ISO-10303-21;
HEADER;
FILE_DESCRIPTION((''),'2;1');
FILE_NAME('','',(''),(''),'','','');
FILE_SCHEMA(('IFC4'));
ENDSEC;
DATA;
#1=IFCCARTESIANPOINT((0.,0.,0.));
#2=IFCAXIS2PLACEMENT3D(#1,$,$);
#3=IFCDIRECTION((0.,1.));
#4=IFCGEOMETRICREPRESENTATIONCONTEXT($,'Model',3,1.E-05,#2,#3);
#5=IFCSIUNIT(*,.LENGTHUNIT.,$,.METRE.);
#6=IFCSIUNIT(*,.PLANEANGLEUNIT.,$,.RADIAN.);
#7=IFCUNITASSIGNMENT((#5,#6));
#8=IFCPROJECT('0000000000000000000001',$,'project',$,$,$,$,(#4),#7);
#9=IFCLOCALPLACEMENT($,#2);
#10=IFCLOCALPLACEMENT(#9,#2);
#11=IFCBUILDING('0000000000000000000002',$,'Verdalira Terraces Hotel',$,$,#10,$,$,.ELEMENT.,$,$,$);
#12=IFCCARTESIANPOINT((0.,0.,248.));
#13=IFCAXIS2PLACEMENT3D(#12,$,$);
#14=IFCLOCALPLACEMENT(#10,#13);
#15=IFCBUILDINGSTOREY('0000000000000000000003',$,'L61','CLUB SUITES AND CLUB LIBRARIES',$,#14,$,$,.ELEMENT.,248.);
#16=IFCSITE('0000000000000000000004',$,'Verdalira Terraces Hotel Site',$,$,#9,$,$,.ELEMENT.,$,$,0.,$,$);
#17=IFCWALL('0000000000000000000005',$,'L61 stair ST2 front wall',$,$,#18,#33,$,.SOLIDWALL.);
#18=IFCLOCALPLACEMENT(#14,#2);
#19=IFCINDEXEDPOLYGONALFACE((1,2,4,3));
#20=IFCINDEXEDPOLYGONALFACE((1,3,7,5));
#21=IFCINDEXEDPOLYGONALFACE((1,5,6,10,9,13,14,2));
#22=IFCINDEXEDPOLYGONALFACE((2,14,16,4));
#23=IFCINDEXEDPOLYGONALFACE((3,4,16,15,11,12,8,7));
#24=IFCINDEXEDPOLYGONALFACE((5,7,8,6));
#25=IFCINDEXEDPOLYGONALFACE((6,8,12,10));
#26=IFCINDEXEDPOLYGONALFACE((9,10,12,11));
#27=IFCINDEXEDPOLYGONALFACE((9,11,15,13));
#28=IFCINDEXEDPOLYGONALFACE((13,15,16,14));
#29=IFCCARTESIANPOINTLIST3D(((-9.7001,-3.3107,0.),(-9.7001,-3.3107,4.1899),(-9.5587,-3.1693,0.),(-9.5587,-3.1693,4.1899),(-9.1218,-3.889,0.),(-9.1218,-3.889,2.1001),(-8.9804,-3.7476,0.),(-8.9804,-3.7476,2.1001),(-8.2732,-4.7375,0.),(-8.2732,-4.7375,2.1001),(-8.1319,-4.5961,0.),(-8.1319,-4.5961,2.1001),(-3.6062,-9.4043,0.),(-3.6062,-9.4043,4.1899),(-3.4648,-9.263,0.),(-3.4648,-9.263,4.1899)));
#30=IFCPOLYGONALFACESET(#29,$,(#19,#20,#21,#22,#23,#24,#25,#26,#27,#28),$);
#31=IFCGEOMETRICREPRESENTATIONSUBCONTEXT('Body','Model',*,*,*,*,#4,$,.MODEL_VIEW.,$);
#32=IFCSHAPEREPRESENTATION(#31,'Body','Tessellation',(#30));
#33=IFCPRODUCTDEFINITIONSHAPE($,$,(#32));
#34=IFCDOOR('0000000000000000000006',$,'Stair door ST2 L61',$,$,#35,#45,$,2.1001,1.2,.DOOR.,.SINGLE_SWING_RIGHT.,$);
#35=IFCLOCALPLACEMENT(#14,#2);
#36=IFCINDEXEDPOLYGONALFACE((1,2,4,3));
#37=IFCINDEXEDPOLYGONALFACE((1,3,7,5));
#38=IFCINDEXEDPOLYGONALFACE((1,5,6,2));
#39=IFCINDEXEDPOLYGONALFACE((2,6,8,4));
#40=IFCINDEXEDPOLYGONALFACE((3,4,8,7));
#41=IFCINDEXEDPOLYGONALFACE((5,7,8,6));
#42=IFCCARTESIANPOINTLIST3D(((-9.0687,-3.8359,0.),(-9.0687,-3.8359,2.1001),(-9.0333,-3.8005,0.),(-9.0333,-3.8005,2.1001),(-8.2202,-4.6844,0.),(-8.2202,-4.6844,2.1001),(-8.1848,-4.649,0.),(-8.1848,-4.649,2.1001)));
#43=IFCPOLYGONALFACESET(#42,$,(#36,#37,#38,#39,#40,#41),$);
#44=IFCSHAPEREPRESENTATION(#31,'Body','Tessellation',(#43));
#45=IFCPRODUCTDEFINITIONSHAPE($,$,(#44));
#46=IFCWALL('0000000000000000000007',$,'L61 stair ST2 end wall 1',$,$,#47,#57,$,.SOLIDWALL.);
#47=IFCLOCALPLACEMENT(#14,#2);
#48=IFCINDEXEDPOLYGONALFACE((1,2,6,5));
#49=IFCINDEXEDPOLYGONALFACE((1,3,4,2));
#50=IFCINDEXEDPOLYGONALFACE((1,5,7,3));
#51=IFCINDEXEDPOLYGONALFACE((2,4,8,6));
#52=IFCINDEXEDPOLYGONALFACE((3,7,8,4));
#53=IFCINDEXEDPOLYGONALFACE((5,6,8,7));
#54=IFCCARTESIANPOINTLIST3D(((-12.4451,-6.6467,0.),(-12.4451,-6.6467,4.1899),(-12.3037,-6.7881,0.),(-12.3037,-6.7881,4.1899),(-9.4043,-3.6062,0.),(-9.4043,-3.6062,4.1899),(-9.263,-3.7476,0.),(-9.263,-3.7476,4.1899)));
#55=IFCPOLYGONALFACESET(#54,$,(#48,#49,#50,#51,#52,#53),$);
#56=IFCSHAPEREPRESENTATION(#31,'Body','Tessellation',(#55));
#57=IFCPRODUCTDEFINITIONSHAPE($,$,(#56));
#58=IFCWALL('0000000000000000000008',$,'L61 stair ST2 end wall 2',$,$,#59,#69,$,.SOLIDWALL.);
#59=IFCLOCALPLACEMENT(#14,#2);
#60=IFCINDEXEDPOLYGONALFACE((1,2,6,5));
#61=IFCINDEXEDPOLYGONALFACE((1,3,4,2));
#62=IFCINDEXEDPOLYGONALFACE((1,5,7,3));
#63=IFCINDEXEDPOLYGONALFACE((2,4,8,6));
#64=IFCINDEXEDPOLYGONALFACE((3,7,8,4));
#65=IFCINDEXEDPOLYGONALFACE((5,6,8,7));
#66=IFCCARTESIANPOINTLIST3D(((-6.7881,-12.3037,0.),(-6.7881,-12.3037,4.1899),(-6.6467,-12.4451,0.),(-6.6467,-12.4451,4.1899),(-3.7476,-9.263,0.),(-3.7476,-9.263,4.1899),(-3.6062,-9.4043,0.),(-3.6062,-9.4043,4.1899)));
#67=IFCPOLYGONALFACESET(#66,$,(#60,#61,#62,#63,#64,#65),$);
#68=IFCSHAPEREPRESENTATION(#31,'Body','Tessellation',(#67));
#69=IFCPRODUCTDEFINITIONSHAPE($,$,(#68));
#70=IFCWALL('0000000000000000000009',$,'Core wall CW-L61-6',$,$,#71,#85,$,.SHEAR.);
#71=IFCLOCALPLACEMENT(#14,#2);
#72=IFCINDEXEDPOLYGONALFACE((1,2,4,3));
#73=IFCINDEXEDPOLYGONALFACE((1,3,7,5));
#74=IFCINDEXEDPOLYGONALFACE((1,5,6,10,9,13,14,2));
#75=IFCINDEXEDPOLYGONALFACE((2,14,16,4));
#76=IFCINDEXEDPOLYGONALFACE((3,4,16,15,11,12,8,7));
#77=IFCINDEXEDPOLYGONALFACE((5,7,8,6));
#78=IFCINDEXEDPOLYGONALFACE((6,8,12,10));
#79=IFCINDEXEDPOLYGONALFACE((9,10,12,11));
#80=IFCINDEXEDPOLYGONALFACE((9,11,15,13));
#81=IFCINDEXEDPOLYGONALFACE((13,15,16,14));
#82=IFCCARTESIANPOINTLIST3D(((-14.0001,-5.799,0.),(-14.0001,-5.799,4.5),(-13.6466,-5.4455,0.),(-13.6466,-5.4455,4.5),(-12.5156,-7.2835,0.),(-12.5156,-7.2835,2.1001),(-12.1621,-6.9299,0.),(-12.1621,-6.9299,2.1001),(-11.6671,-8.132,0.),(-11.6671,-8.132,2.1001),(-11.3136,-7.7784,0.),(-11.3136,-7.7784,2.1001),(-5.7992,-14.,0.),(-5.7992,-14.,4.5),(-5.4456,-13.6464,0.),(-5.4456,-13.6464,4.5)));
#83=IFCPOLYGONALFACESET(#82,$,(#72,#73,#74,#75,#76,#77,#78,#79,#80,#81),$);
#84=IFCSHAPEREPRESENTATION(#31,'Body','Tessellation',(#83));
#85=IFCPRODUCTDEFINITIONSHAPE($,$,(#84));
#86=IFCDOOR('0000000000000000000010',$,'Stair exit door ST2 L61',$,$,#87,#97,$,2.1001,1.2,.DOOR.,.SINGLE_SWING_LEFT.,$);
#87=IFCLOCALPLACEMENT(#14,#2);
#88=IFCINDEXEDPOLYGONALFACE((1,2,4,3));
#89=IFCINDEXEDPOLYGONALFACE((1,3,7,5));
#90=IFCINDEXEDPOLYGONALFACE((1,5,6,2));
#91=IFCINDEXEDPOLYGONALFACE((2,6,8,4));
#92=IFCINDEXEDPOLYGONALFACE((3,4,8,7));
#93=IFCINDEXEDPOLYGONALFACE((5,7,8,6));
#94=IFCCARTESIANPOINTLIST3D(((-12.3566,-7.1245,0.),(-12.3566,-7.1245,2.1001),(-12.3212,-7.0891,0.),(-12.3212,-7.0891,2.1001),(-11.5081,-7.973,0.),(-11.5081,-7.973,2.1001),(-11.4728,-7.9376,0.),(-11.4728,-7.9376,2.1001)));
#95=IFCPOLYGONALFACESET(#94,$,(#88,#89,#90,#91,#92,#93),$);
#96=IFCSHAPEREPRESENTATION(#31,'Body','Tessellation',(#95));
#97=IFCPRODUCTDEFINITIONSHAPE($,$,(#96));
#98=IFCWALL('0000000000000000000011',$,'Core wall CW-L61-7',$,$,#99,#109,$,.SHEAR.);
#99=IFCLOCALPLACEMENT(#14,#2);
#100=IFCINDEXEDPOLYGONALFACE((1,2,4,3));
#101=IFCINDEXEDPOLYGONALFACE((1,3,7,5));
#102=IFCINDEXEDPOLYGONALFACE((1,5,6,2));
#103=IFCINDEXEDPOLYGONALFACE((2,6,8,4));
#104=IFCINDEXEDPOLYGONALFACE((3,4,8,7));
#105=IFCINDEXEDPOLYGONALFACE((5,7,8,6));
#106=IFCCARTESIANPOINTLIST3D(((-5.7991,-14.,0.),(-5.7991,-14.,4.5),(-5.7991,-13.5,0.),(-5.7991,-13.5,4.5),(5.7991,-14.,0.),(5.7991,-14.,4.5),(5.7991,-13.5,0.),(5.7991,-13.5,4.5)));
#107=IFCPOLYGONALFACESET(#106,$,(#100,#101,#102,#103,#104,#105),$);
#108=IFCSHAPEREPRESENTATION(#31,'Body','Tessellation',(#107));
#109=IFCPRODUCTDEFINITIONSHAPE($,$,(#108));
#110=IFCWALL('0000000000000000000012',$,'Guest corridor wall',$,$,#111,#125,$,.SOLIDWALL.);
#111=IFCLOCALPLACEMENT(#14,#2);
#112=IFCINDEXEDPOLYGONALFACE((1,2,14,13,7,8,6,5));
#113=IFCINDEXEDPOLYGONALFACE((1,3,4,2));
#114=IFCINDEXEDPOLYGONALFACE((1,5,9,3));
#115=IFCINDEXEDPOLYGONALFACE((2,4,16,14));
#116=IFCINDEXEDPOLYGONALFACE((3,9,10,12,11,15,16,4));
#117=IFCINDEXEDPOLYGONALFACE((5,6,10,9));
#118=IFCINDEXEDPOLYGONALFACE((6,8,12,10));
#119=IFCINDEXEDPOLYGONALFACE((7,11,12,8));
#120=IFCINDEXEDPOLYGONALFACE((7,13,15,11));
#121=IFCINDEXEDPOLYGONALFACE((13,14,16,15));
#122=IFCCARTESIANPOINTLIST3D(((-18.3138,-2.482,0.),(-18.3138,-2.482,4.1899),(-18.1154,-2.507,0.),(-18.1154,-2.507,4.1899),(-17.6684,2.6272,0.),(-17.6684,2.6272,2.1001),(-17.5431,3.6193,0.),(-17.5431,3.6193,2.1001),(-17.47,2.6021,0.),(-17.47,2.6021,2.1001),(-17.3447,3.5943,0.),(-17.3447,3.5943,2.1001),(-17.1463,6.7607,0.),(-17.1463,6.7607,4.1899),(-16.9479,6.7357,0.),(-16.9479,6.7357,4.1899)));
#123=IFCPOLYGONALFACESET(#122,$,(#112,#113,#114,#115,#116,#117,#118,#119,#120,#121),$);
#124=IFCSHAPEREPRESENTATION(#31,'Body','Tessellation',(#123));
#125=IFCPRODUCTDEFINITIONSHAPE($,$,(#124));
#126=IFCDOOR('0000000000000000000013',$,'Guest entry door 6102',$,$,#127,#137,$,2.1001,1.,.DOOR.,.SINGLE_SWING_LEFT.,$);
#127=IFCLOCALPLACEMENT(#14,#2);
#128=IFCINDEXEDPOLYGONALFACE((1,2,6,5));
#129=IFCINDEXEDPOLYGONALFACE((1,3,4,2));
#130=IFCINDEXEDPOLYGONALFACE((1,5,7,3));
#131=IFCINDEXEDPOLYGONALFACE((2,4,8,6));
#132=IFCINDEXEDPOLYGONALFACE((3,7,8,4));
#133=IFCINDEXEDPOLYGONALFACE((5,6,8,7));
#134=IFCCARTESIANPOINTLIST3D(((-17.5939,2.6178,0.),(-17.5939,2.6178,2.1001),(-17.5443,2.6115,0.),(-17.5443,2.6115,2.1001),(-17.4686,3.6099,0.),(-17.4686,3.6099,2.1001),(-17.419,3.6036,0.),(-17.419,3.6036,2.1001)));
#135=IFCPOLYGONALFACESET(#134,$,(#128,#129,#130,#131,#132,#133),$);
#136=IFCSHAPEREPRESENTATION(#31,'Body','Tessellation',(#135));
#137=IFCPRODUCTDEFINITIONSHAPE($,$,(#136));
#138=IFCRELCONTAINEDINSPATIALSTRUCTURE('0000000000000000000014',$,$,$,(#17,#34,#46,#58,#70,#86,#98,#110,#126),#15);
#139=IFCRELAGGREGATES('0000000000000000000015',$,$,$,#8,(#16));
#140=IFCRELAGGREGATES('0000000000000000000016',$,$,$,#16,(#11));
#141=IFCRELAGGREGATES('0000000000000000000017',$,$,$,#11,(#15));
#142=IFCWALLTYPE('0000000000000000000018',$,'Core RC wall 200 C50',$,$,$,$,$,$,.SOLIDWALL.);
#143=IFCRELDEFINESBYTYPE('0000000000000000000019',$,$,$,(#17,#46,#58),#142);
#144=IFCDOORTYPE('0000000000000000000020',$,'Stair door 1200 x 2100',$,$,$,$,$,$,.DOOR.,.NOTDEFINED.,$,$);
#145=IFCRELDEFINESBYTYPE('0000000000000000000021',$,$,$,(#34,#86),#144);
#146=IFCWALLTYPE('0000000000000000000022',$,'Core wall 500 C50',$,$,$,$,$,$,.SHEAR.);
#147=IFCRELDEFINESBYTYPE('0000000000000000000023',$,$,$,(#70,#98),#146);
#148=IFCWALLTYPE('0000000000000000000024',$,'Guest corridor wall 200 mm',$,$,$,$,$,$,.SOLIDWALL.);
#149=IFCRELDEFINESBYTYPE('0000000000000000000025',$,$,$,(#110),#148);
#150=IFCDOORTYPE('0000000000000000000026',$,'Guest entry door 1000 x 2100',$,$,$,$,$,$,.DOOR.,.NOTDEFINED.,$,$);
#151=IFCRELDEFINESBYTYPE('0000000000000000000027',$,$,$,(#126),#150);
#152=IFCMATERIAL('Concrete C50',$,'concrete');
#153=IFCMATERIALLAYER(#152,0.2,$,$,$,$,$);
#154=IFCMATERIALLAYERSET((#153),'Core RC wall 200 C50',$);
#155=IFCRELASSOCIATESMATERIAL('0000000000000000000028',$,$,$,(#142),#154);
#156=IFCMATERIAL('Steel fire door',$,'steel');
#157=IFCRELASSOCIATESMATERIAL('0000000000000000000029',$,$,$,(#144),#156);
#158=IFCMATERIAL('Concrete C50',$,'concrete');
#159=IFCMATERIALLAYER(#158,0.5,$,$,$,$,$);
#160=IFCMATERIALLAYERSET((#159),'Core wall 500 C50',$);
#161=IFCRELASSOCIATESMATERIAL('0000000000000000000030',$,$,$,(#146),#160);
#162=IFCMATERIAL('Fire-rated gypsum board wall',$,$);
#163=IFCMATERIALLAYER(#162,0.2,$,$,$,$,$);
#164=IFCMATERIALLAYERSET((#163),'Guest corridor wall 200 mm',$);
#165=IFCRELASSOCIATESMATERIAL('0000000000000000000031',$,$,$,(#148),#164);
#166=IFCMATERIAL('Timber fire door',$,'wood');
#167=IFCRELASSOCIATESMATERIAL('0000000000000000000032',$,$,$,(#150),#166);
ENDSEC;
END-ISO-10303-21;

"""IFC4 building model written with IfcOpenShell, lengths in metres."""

from ifc_helpers import new_model, si_unit, direction, frame, frame_2d, origin, place, context, subcontext, project, spatial, rectangle, extrude, material, layer, layer_set, type_object, element, fill, save


model = new_model("IFC4")

# Units and contexts
model_context = context("Model", 3, precision=1e-05, world=origin(), true_north=direction((0.0, 1.0)))
body_context = subcontext(model_context, "Body", "Model", "MODEL_VIEW")
ifc_project = project(units=[si_unit("LENGTHUNIT", "METRE"), si_unit("PLANEANGLEUNIT", "RADIAN")], contexts=[model_context])

# Site, building, storey
site_placement = place(None, origin())
site = spatial("IfcSite", under=ifc_project, at=site_placement, Name="Verdalira Terraces Hotel Site", CompositionType="ELEMENT", RefElevation=0.0)
building_placement = place(site_placement, origin())
building = spatial("IfcBuilding", under=site, at=building_placement, Name="Verdalira Terraces Hotel", CompositionType="ELEMENT")
storey_placement = place(building_placement, frame((0.0, 0.0, 248.0)))
storey = spatial("IfcBuildingStorey", under=building, at=storey_placement, Name="L61", Description="CLUB SUITES AND CLUB LIBRARIES", CompositionType="ELEMENT", Elevation=248.0)

# Shared definitions
ifc_material_1 = material(Name="Concrete C50", Category="concrete")
ifc_layer_1 = layer(ifc_material_1, 0.2)
ifc_layer_set_1 = layer_set([ifc_layer_1], Name="Core RC wall 200 C50")
wall_type_1 = type_object("IfcWallType", Name="Core RC wall 200 C50", PredefinedType="SOLIDWALL", material=ifc_layer_set_1)

# Wall, opening, door
wall_1_placement = place(storey_placement, frame((-3.5354, -9.3337, 0.0), z_axis=(0.0, 0.0, 1.0), x_axis=(-0.707121, 0.707093, 0.0)))
wall_1 = element("IfcWall", 1, at=wall_1_placement, inside=storey, type_object=wall_type_1, Name="L61 stair ST2 front wall", PredefinedType="SOLIDWALL", context=body_context, shape_type="SweptSolid", body=[
    extrude(rectangle(XDim=8.6179, YDim=0.2, at=frame_2d((4.3091, 0.0))), origin(), (0.0, 0.0, 1.0), 4.1899),
])
opening_1_placement = place(wall_1_placement, frame((6.6001, 0.0, 0.0)))
opening_1 = element("IfcOpeningElement", 2, at=opening_1_placement, cuts=wall_1, PredefinedType="OPENING", context=body_context, shape_type="SweptSolid", body=[
    extrude(rectangle(XDim=1.2, YDim=2.1001, at=frame_2d((0.6001, 1.05))), frame((0.0, 0.1099, 0.0), z_axis=(0.0, -1.0, 0.0), x_axis=(1.0, 0.0, 0.0)), (0.0, 0.0, 1.0), 0.22),
])
ifc_material_2 = material(Name="Steel fire door", Category="steel")
door_type_1 = type_object("IfcDoorType", Name="Stair door 1200 x 2100", OperationType="NOTDEFINED", PredefinedType="DOOR", material=ifc_material_2)
door_1_placement = place(opening_1_placement, origin())
door_1 = element("IfcDoor", 3, at=door_1_placement, inside=storey, type_object=door_type_1, Name="Stair door ST2 L61", OperationType="SINGLE_SWING_RIGHT", OverallHeight=2.1001, OverallWidth=1.2, PredefinedType="DOOR", context=body_context, shape_type="SweptSolid", body=[
    extrude(rectangle(XDim=1.2, YDim=2.1001, at=frame_2d((0.6001, 1.05))), frame((0.0, 0.0249, 0.0), z_axis=(0.0, -1.0, 0.0), x_axis=(1.0, 0.0, 0.0)), (0.0, 0.0, 1.0), 0.05),
])
fill(opening_1, door_1)

# Walls
for number, where, z_axis, x_axis, name in (
    (4, (-9.3337, -3.677, 0.0), (0.0, 0.0, 1.0), (-0.707135, -0.707078, 0.0), "L61 stair ST2 end wall 1"),
    (5, (-3.677, -9.3337, 0.0), (0.0, 0.0, 1.0), (-0.707078, -0.707135, 0.0), "L61 stair ST2 end wall 2"),
):
    element("IfcWall", number, at=place(storey_placement, frame(where, z_axis=z_axis, x_axis=x_axis)), inside=storey, type_object=wall_type_1, Name=name, PredefinedType="SOLIDWALL", context=body_context, shape_type="SweptSolid", body=[
        extrude(rectangle(XDim=4.3, YDim=0.2, at=frame_2d((2.1499, 0.0))), origin(), (0.0, 0.0, 1.0), 4.1899),
    ])

# Wall, opening, door
ifc_material_3 = material(Name="Concrete C50", Category="concrete")
ifc_layer_2 = layer(ifc_material_3, 0.5)
ifc_layer_set_2 = layer_set([ifc_layer_2], Name="Core wall 500 C50")
wall_type_2 = type_object("IfcWallType", Name="Core wall 500 C50", PredefinedType="SHEAR", material=ifc_layer_set_2)
wall_2_placement = place(storey_placement, frame((-13.8232, -5.6223, 0.0), z_axis=(0.0, 0.0, 1.0), x_axis=(0.707107, -0.707107, 0.0)))
wall_2 = element("IfcWall", 6, at=wall_2_placement, inside=storey, type_object=wall_type_2, Name="Core wall CW-L61-6", PredefinedType="SHEAR", context=body_context, shape_type="SweptSolid", body=[
    extrude(rectangle(XDim=11.5979, YDim=0.5, at=frame_2d((5.7988, 0.0))), origin(), (0.0, 0.0, 1.0), 4.5),
])
opening_2_placement = place(wall_2_placement, frame((2.0991, 0.0, 0.0)))
opening_2 = element("IfcOpeningElement", 7, at=opening_2_placement, cuts=wall_2, PredefinedType="OPENING", context=body_context, shape_type="SweptSolid", body=[
    extrude(rectangle(XDim=1.2, YDim=2.1001, at=frame_2d((0.6001, 1.05))), frame((0.0, 0.26, 0.0), z_axis=(0.0, -1.0, 0.0), x_axis=(1.0, 0.0, 0.0)), (0.0, 0.0, 1.0), 0.52),
])
door_2_placement = place(opening_2_placement, origin())
door_2 = element("IfcDoor", 8, at=door_2_placement, inside=storey, type_object=door_type_1, Name="Stair exit door ST2 L61", OperationType="SINGLE_SWING_LEFT", OverallHeight=2.1001, OverallWidth=1.2, PredefinedType="DOOR", context=body_context, shape_type="SweptSolid", body=[
    extrude(rectangle(XDim=1.2, YDim=2.1001, at=frame_2d((0.6001, 1.05))), frame((0.0, 0.0249, 0.0), z_axis=(0.0, -1.0, 0.0), x_axis=(1.0, 0.0, 0.0)), (0.0, 0.0, 1.0), 0.05),
])
fill(opening_2, door_2)

# Wall
wall_3_placement = place(storey_placement, frame((-5.7991, -13.75, 0.0), z_axis=(0.0, 0.0, 1.0), x_axis=(1.0, 0.0, 0.0)))
element("IfcWall", 9, at=wall_3_placement, inside=storey, type_object=wall_type_2, Name="Core wall CW-L61-7", PredefinedType="SHEAR", context=body_context, shape_type="SweptSolid", body=[
    extrude(rectangle(XDim=11.5981, YDim=0.5, at=frame_2d((5.7991, 0.0))), origin(), (0.0, 0.0, 1.0), 4.5),
])

# Wall, opening, door
ifc_material_4 = material(Name="Fire-rated gypsum board wall")
ifc_layer_3 = layer(ifc_material_4, 0.2)
ifc_layer_set_3 = layer_set([ifc_layer_3], Name="Guest corridor wall 200 mm")
wall_type_3 = type_object("IfcWallType", Name="Guest corridor wall 200 mm", PredefinedType="SOLIDWALL", material=ifc_layer_set_3)
wall_4_placement = place(storey_placement, frame((-18.2146, -2.4946, 0.0), z_axis=(0.0, 0.0, 1.0), x_axis=(0.125318, 0.992117, 0.0)))
wall_4 = element("IfcWall", 10, at=wall_4_placement, inside=storey, type_object=wall_type_3, Name="Guest corridor wall", PredefinedType="SOLIDWALL", context=body_context, shape_type="SweptSolid", body=[
    extrude(rectangle(XDim=9.3162, YDim=0.2, at=frame_2d((4.6582, 0.0))), origin(), (0.0, 0.0, 1.0), 4.1899),
])
opening_3_placement = place(wall_4_placement, frame((5.1499, 0.0, 0.0)))
opening_3 = element("IfcOpeningElement", 11, at=opening_3_placement, cuts=wall_4, PredefinedType="OPENING", context=body_context, shape_type="SweptSolid", body=[
    extrude(rectangle(XDim=1.0, YDim=2.1001, at=frame_2d((0.5, 1.05))), frame((0.0, 0.1099, 0.0), z_axis=(0.0, -1.0, 0.0), x_axis=(1.0, 0.0, 0.0)), (0.0, 0.0, 1.0), 0.22),
])
ifc_material_5 = material(Name="Timber fire door", Category="wood")
door_type_2 = type_object("IfcDoorType", Name="Guest entry door 1000 x 2100", OperationType="NOTDEFINED", PredefinedType="DOOR", material=ifc_material_5)
door_3_placement = place(opening_3_placement, origin())
door_3 = element("IfcDoor", 12, at=door_3_placement, inside=storey, type_object=door_type_2, Name="Guest entry door 6102", OperationType="SINGLE_SWING_LEFT", OverallHeight=2.1001, OverallWidth=1.0, PredefinedType="DOOR", context=body_context, shape_type="SweptSolid", body=[
    extrude(rectangle(XDim=1.0, YDim=2.1001, at=frame_2d((0.5, 1.05))), frame((0.0, 0.0249, 0.0), z_axis=(0.0, -1.0, 0.0), x_axis=(1.0, 0.0, 0.0)), (0.0, 0.0, 1.0), 0.05),
])
fill(opening_3, door_3)

save(model, "model.ifc")
